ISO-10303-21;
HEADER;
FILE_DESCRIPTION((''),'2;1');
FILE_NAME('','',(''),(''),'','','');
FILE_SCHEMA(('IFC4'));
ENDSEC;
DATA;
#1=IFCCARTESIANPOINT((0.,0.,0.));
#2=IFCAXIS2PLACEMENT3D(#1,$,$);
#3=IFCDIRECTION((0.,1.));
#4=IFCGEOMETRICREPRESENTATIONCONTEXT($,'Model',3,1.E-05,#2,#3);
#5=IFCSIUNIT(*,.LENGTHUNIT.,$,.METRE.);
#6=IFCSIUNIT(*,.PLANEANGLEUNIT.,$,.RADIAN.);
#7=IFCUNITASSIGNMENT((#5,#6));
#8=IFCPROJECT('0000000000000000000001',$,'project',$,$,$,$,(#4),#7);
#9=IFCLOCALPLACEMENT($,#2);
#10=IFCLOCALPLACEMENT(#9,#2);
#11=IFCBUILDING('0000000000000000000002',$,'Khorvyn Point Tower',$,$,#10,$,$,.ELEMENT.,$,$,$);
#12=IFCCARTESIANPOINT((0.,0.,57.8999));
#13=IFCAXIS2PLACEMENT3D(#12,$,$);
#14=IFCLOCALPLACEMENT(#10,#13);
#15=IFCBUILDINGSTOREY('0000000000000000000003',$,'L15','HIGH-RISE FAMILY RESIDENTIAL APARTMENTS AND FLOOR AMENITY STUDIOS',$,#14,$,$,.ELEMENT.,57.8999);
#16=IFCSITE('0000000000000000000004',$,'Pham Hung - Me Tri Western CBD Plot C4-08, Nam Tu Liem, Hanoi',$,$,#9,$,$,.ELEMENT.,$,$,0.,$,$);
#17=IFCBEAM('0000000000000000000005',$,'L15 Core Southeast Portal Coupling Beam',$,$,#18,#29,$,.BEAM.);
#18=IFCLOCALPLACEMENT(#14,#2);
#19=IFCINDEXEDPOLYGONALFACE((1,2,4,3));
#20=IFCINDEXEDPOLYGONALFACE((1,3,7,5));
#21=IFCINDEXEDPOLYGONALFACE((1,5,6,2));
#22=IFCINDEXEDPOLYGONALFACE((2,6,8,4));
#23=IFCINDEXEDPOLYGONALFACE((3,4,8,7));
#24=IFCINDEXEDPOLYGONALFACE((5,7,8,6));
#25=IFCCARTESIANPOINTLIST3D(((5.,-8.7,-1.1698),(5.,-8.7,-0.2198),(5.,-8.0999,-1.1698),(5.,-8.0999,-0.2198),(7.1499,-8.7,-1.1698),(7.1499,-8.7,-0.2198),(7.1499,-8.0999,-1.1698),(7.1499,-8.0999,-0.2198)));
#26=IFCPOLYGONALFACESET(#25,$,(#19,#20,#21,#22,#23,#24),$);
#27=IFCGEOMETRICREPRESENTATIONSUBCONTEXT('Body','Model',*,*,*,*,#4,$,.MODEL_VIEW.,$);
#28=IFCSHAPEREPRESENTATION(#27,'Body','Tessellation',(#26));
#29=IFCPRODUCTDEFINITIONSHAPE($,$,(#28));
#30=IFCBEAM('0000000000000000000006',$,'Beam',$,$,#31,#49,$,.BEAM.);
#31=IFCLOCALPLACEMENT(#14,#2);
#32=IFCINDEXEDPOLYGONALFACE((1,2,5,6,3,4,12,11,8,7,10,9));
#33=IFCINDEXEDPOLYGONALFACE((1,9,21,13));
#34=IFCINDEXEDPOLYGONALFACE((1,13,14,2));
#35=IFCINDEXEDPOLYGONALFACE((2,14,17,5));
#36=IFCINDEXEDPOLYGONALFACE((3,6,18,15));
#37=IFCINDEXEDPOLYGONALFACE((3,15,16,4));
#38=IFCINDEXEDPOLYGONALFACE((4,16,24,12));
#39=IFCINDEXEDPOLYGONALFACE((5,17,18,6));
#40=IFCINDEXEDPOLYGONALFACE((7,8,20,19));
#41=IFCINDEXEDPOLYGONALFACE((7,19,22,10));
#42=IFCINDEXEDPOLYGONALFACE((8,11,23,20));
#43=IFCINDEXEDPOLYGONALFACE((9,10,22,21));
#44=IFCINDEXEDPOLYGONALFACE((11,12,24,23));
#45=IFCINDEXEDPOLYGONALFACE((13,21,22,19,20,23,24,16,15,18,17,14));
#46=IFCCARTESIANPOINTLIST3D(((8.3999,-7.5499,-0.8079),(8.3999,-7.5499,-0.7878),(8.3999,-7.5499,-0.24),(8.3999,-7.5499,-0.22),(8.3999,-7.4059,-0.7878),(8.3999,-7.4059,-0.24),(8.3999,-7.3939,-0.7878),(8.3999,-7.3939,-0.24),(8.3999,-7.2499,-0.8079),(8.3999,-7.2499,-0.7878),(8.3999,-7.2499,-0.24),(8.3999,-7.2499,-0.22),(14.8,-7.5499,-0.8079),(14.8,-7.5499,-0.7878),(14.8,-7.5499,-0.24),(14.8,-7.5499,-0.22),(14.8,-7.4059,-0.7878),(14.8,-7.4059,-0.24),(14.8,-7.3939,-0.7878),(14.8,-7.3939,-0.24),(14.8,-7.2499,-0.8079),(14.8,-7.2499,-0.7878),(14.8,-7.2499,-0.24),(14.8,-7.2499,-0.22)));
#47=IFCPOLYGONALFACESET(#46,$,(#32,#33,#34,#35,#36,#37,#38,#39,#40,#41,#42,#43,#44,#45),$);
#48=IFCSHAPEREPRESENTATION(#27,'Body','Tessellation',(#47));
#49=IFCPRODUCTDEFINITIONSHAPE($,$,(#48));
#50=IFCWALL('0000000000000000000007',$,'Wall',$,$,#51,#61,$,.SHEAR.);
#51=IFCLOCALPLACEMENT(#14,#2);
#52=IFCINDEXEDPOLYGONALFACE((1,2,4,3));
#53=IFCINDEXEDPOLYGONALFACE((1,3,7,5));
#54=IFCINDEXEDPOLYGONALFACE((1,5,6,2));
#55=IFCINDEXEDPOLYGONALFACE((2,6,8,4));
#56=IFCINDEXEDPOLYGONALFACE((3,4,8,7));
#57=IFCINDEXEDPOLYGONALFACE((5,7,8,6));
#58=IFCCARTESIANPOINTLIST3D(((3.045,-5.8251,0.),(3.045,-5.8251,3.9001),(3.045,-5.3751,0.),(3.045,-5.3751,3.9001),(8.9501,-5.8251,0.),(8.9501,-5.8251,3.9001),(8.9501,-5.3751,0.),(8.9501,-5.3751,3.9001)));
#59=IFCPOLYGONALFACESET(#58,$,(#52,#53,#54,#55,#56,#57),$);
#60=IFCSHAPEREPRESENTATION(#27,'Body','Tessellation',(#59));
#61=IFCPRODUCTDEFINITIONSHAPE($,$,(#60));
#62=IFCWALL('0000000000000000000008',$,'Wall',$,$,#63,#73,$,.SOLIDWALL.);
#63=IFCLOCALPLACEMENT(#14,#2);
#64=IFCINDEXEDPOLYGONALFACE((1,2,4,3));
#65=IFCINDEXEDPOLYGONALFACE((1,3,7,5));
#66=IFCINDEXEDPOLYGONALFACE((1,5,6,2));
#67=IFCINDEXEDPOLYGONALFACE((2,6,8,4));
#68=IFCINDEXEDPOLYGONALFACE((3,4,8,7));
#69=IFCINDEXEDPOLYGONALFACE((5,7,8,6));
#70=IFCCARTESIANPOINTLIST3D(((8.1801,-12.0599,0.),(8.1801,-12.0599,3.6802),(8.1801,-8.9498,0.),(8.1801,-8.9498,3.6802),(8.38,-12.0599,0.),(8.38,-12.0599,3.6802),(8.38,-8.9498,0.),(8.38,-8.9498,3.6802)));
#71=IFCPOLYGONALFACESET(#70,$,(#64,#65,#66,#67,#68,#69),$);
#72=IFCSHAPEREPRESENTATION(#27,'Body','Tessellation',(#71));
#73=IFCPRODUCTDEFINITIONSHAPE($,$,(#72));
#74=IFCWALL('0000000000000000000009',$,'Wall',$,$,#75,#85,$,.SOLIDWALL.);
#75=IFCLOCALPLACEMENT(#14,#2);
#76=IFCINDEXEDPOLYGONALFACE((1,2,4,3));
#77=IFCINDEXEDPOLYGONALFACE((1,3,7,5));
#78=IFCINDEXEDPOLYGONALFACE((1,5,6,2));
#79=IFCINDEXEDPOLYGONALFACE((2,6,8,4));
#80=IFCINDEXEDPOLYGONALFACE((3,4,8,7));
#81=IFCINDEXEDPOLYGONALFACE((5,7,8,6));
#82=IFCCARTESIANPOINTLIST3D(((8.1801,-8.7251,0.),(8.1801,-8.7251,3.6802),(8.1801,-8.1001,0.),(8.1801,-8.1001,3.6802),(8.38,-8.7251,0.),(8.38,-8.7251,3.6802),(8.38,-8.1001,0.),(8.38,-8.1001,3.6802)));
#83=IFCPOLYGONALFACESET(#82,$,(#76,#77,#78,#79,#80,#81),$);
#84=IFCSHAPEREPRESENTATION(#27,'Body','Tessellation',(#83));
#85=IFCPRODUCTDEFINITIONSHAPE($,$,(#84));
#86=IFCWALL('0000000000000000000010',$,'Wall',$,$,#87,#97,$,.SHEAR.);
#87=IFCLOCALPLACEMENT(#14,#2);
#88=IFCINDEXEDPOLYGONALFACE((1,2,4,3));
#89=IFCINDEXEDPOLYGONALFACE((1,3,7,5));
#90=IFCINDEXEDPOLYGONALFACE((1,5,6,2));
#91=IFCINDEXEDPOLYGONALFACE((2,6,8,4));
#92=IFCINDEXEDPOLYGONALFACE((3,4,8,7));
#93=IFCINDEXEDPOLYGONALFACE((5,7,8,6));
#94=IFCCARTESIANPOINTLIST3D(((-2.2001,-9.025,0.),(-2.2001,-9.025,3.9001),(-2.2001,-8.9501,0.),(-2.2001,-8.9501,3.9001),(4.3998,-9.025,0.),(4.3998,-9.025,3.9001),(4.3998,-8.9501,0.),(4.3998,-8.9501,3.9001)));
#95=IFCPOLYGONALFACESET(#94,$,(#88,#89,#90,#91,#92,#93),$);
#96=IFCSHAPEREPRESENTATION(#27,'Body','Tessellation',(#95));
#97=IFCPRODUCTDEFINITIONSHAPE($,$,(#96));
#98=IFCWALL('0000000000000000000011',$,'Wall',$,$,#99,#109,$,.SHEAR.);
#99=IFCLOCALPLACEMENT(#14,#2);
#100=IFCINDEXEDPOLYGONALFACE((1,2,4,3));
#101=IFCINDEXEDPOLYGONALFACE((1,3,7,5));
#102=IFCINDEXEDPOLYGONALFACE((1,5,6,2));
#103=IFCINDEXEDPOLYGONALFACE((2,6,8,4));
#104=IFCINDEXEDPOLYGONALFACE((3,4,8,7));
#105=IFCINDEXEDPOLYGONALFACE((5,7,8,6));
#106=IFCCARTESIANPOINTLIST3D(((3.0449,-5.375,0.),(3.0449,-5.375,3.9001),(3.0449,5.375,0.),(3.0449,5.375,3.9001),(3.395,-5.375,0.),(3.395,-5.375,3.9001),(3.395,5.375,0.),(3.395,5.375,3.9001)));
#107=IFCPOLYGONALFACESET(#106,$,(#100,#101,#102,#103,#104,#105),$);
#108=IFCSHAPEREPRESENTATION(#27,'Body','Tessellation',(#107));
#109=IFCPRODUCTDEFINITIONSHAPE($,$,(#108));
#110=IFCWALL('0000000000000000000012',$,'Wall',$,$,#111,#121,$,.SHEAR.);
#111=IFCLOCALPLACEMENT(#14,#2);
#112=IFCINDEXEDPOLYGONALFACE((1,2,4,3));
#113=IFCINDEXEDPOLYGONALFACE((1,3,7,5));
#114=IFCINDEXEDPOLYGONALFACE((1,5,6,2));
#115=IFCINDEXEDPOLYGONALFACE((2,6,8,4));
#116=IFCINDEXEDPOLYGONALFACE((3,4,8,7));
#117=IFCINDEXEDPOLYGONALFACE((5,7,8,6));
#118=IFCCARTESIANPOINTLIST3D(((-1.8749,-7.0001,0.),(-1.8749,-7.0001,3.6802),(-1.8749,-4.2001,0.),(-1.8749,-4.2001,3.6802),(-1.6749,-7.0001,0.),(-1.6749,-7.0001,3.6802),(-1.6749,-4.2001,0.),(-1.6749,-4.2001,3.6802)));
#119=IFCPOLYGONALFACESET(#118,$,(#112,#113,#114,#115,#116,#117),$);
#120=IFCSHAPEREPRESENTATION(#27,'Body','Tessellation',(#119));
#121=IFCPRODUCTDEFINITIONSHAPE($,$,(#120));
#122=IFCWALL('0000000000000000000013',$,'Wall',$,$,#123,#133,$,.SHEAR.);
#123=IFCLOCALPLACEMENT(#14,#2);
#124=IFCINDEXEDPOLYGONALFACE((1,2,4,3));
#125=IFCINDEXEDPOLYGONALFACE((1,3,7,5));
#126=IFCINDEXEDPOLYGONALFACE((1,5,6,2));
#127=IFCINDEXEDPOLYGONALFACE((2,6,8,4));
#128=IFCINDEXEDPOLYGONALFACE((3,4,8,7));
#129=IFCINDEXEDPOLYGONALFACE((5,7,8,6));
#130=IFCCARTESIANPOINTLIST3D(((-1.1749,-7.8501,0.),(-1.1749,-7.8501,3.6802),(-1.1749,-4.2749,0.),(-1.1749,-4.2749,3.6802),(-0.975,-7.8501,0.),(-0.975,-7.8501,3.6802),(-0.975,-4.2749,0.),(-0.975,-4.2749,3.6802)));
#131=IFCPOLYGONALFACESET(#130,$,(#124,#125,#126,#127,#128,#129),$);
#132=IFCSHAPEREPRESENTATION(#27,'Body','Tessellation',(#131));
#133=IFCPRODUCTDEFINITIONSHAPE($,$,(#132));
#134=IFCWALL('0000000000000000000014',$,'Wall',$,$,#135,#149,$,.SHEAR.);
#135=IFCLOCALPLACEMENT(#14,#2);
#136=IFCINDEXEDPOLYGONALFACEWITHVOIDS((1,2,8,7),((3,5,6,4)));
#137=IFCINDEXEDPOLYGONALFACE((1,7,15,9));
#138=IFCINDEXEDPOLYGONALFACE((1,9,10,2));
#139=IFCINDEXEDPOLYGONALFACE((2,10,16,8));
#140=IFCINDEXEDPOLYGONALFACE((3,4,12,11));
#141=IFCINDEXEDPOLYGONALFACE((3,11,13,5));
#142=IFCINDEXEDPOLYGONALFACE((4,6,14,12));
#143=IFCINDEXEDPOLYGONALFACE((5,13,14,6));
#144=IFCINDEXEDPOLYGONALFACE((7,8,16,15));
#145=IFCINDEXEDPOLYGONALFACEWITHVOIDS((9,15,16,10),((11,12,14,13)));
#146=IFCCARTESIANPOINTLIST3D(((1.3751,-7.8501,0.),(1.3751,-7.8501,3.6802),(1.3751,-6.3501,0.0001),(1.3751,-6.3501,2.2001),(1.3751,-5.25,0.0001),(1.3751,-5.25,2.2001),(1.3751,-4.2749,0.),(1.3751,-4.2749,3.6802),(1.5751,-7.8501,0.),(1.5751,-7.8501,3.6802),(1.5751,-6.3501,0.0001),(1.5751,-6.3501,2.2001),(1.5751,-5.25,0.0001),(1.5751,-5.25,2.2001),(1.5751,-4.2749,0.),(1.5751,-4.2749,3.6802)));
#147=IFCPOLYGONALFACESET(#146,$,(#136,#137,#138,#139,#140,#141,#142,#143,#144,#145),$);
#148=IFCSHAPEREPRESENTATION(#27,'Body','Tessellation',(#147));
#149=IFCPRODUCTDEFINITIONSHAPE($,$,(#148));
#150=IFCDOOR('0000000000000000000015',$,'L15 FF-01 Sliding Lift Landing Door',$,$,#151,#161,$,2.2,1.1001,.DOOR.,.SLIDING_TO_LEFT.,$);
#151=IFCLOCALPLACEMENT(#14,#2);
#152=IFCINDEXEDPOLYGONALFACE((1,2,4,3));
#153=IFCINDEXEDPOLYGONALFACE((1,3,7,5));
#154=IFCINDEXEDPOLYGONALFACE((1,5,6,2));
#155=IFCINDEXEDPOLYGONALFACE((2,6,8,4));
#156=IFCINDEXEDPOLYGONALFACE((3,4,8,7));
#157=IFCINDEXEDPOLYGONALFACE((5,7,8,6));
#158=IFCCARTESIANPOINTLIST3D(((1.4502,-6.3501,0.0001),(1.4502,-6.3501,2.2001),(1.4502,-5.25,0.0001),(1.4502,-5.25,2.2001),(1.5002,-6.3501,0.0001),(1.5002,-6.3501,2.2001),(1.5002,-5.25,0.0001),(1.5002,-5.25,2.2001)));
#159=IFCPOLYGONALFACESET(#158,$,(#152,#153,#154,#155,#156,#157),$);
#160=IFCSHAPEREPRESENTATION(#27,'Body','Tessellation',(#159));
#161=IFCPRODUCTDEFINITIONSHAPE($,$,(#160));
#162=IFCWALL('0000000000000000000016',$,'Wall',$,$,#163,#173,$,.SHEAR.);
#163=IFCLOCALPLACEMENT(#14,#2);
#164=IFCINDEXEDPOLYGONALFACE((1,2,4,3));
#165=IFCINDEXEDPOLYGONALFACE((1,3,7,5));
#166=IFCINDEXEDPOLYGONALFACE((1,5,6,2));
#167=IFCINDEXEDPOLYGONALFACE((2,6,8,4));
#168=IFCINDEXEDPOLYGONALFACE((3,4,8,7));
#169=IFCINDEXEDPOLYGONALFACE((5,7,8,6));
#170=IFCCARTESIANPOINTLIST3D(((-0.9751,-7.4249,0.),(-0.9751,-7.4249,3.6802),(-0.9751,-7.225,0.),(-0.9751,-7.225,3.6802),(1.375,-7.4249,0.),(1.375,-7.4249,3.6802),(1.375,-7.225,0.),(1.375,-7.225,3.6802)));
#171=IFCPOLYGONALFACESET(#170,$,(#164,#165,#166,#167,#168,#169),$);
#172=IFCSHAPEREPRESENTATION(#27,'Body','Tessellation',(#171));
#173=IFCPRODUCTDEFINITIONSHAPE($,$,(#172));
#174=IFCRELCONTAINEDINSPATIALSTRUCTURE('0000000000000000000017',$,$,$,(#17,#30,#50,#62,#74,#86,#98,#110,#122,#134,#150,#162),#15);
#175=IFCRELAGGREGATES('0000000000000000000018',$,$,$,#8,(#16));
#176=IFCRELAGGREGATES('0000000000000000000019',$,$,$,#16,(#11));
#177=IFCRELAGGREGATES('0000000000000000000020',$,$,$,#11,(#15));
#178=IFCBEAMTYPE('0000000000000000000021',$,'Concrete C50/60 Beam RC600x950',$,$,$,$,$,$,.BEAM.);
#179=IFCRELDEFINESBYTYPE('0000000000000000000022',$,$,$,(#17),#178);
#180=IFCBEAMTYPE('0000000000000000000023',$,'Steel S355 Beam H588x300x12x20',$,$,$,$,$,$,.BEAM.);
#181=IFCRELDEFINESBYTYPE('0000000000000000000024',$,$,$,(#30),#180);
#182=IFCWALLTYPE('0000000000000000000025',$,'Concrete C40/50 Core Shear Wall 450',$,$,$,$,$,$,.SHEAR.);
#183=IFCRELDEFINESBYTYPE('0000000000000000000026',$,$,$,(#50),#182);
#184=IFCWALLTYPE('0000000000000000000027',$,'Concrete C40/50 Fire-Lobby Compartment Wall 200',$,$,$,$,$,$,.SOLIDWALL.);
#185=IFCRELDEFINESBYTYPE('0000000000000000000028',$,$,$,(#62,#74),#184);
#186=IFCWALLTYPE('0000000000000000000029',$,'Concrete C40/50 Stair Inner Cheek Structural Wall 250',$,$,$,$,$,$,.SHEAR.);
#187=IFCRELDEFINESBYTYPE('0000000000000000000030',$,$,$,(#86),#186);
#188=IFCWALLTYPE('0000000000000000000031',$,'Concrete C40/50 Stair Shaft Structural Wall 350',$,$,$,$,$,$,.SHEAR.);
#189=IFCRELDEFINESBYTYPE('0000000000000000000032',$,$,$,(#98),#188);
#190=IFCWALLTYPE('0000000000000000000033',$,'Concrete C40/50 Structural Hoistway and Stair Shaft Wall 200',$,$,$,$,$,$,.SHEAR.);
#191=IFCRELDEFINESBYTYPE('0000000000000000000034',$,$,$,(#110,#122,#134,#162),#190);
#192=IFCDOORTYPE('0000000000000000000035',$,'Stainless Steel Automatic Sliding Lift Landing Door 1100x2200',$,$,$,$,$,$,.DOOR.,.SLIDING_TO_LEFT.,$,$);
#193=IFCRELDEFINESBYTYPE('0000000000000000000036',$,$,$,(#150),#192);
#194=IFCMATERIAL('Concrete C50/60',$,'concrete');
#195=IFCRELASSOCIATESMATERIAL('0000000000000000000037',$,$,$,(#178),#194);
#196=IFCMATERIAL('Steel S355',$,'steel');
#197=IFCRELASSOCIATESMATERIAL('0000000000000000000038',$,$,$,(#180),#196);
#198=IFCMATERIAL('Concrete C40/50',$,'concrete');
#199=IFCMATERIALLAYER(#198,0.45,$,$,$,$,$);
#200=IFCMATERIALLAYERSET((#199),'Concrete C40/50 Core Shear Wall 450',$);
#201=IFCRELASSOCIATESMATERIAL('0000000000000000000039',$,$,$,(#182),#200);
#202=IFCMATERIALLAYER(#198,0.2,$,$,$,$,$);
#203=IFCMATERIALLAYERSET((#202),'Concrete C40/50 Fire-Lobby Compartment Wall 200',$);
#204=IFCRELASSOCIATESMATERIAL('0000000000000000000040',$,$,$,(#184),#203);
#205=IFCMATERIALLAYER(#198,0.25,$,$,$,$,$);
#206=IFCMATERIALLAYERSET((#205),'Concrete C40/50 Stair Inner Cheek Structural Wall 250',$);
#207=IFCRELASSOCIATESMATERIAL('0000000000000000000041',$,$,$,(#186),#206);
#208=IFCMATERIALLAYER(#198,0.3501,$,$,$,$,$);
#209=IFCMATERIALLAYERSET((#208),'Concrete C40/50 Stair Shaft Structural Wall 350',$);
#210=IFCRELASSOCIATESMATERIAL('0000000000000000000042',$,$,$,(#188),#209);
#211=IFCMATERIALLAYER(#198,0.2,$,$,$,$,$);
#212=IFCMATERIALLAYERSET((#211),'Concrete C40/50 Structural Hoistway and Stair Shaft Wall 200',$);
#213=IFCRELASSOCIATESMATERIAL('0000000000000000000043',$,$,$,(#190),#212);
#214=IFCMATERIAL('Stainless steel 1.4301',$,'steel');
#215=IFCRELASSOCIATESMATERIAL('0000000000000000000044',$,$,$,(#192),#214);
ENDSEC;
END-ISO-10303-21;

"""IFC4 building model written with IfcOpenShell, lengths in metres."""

from ifc_helpers import new_model, si_unit, direction, frame, frame_2d, origin, origin_2d, place, context, subcontext, project, spatial, rectangle, i_section, extrude, material, layer, layer_set, material_profile, profile_set, type_object, element, fill, save


model = new_model("IFC4")

# Units and contexts
model_context = context("Model", 3, precision=1e-05, world=origin(), true_north=direction((0.0, 1.0)))
body_context = subcontext(model_context, "Body", "Model", "MODEL_VIEW")
ifc_project = project(units=[si_unit("LENGTHUNIT", "METRE"), si_unit("PLANEANGLEUNIT", "RADIAN")], contexts=[model_context])

# Site, building, storey
site_placement = place(None, origin())
site = spatial("IfcSite", under=ifc_project, at=site_placement, Name="Pham Hung - Me Tri Western CBD Plot C4-08, Nam Tu Liem, Hanoi", CompositionType="ELEMENT", RefElevation=0.0)
building_placement = place(site_placement, origin())
building = spatial("IfcBuilding", under=site, at=building_placement, Name="Khorvyn Point Tower", CompositionType="ELEMENT")
storey_placement = place(building_placement, frame((0.0, 0.0, 57.8999)))
storey = spatial("IfcBuildingStorey", under=building, at=storey_placement, Name="L15", Description="HIGH-RISE FAMILY RESIDENTIAL APARTMENTS AND FLOOR AMENITY STUDIOS", CompositionType="ELEMENT", Elevation=57.8999)

# Beams
ifc_material_1 = material(Name="Concrete C50/60", Category="concrete")
ifc_material_profile_1 = material_profile(ifc_material_1, rectangle(XDim=0.6001, YDim=0.95, at=origin_2d()))
ifc_profile_set_1 = profile_set([ifc_material_profile_1], Name="Concrete C50/60 RC600x950")
beam_type_1 = type_object("IfcBeamType", Name="Concrete C50/60 Beam RC600x950", PredefinedType="BEAM", material=ifc_profile_set_1)
beam_1_placement = place(storey_placement, frame((5.0, -8.3999, -0.6948), z_axis=(1.0, 0.0, 0.0), x_axis=(0.0, 1.0, 0.0)))
element("IfcBeam", 1, at=beam_1_placement, inside=storey, type_object=beam_type_1, Name="L15 Core Southeast Portal Coupling Beam", PredefinedType="BEAM", context=body_context, shape_type="SweptSolid", body=[
    extrude(rectangle(XDim=0.6001, YDim=0.95, at=origin_2d()), origin(), (0.0, 0.0, 1.0), 2.1499),
])
ifc_material_2 = material(Name="Steel S355", Category="steel")
ifc_material_profile_2 = material_profile(ifc_material_2, i_section(OverallWidth=0.3, OverallDepth=0.5879, WebThickness=0.012, FlangeThickness=0.02, at=origin_2d()))
ifc_profile_set_2 = profile_set([ifc_material_profile_2], Name="Steel S355 H588x300x12x20")
beam_type_2 = type_object("IfcBeamType", Name="Steel S355 Beam H588x300x12x20", PredefinedType="BEAM", material=ifc_profile_set_2)
beam_2_placement = place(storey_placement, frame((8.3999, -7.3999, -0.5139), z_axis=(1.0, 0.0, 0.0), x_axis=(0.0, 1.0, 0.0)))
element("IfcBeam", 2, at=beam_2_placement, inside=storey, type_object=beam_type_2, Name="Beam", PredefinedType="BEAM", context=body_context, shape_type="SweptSolid", body=[
    extrude(i_section(OverallWidth=0.3, OverallDepth=0.5879, WebThickness=0.012, FlangeThickness=0.02, at=origin_2d()), origin(), (0.0, 0.0, 1.0), 6.4001),
])

# Wall
ifc_material_3 = material(Name="Concrete C40/50", Category="concrete")
ifc_layer_1 = layer(ifc_material_3, 0.45)
ifc_layer_set_1 = layer_set([ifc_layer_1], Name="Concrete C40/50 Core Shear Wall 450")
wall_type_1 = type_object("IfcWallType", Name="Concrete C40/50 Core Shear Wall 450", PredefinedType="SHEAR", material=ifc_layer_set_1)
wall_1_placement = place(storey_placement, frame((3.0449, -5.6001, 0.0), z_axis=(0.0, 0.0, 1.0), x_axis=(1.0, 0.0, 0.0)))
element("IfcWall", 3, at=wall_1_placement, inside=storey, type_object=wall_type_1, Name="Wall", PredefinedType="SHEAR", context=body_context, shape_type="SweptSolid", body=[
    extrude(rectangle(XDim=5.905, YDim=0.45, at=frame_2d((2.9526, 0.0))), origin(), (0.0, 0.0, 1.0), 3.9001),
])

# Shared definitions
ifc_layer_2 = layer(ifc_material_3, 0.2)
ifc_layer_set_2 = layer_set([ifc_layer_2], Name="Concrete C40/50 Fire-Lobby Compartment Wall 200")
wall_type_2 = type_object("IfcWallType", Name="Concrete C40/50 Fire-Lobby Compartment Wall 200", PredefinedType="SOLIDWALL", material=ifc_layer_set_2)

# Walls
wall_2_placement = place(storey_placement, frame((8.28, -12.0601, 0.0), z_axis=(0.0, 0.0, 1.0), x_axis=(0.0, 1.0, 0.0)))
element("IfcWall", 4, at=wall_2_placement, inside=storey, type_object=wall_type_2, Name="Wall", PredefinedType="SOLIDWALL", context=body_context, shape_type="SweptSolid", body=[
    extrude(rectangle(XDim=3.1101, YDim=0.2, at=frame_2d((1.5552, 0.0))), origin(), (0.0, 0.0, 1.0), 3.6802),
])
wall_3_placement = place(storey_placement, frame((8.28, -8.7251, 0.0), z_axis=(0.0, 0.0, 1.0), x_axis=(0.0, 1.0, 0.0)))
element("IfcWall", 5, at=wall_3_placement, inside=storey, type_object=wall_type_2, Name="Wall", PredefinedType="SOLIDWALL", context=body_context, shape_type="SweptSolid", body=[
    extrude(rectangle(XDim=0.625, YDim=0.2, at=frame_2d((0.3125, 0.0))), origin(), (0.0, 0.0, 1.0), 3.6802),
])
ifc_layer_3 = layer(ifc_material_3, 0.25)
ifc_layer_set_3 = layer_set([ifc_layer_3], Name="Concrete C40/50 Stair Inner Cheek Structural Wall 250")
wall_type_3 = type_object("IfcWallType", Name="Concrete C40/50 Stair Inner Cheek Structural Wall 250", PredefinedType="SHEAR", material=ifc_layer_set_3)
wall_4_placement = place(storey_placement, frame((-2.2, -8.9875, 0.0), z_axis=(0.0, 0.0, 1.0), x_axis=(1.0, 0.0, 0.0)))
element("IfcWall", 6, at=wall_4_placement, inside=storey, type_object=wall_type_3, Name="Wall", PredefinedType="SHEAR", context=body_context, shape_type="SweptSolid", body=[
    extrude(rectangle(XDim=6.5999, YDim=0.075, at=frame_2d((3.2998, 0.0))), origin(), (0.0, 0.0, 1.0), 3.9001),
])
ifc_layer_4 = layer(ifc_material_3, 0.3501)
ifc_layer_set_4 = layer_set([ifc_layer_4], Name="Concrete C40/50 Stair Shaft Structural Wall 350")
wall_type_4 = type_object("IfcWallType", Name="Concrete C40/50 Stair Shaft Structural Wall 350", PredefinedType="SHEAR", material=ifc_layer_set_4)
wall_5_placement = place(storey_placement, frame((3.22, -5.375, 0.0), z_axis=(0.0, 0.0, 1.0), x_axis=(0.0, 1.0, 0.0)))
element("IfcWall", 7, at=wall_5_placement, inside=storey, type_object=wall_type_4, Name="Wall", PredefinedType="SHEAR", context=body_context, shape_type="SweptSolid", body=[
    extrude(rectangle(XDim=10.75, YDim=0.3501, at=frame_2d((5.375, 0.0))), origin(), (0.0, 0.0, 1.0), 3.9001),
])

# Walls
ifc_layer_5 = layer(ifc_material_3, 0.2)
ifc_layer_set_5 = layer_set([ifc_layer_5], Name="Concrete C40/50 Structural Hoistway and Stair Shaft Wall 200")
wall_type_5 = type_object("IfcWallType", Name="Concrete C40/50 Structural Hoistway and Stair Shaft Wall 200", PredefinedType="SHEAR", material=ifc_layer_set_5)
wall_6_placement = place(storey_placement, frame((-1.7749, -7.0, 0.0), z_axis=(0.0, 0.0, 1.0), x_axis=(0.0, 1.0, 0.0)))
element("IfcWall", 8, at=wall_6_placement, inside=storey, type_object=wall_type_5, Name="Wall", PredefinedType="SHEAR", context=body_context, shape_type="SweptSolid", body=[
    extrude(rectangle(XDim=2.8, YDim=0.2, at=frame_2d((1.3999, 0.0))), origin(), (0.0, 0.0, 1.0), 3.6802),
])
wall_7_placement = place(storey_placement, frame((-1.075, -7.8501, 0.0), z_axis=(0.0, 0.0, 1.0), x_axis=(0.0, 1.0, 0.0)))
element("IfcWall", 9, at=wall_7_placement, inside=storey, type_object=wall_type_5, Name="Wall", PredefinedType="SHEAR", context=body_context, shape_type="SweptSolid", body=[
    extrude(rectangle(XDim=3.5752, YDim=0.2, at=frame_2d((1.7876, 0.0))), origin(), (0.0, 0.0, 1.0), 3.6802),
])

# Wall, opening, door
wall_8_placement = place(storey_placement, frame((1.4751, -7.8501, 0.0), z_axis=(0.0, 0.0, 1.0), x_axis=(0.0, 1.0, 0.0)))
wall_8 = element("IfcWall", 10, at=wall_8_placement, inside=storey, type_object=wall_type_5, Name="Wall", PredefinedType="SHEAR", context=body_context, shape_type="SweptSolid", body=[
    extrude(rectangle(XDim=3.5752, YDim=0.2, at=frame_2d((1.7876, 0.0))), origin(), (0.0, 0.0, 1.0), 3.6802),
])
opening_1_placement = place(wall_8_placement, frame((1.5, 0.0, 0.0)))
opening_1 = element("IfcOpeningElement", 11, at=opening_1_placement, cuts=wall_8, PredefinedType="OPENING", context=body_context, shape_type="SweptSolid", body=[
    extrude(rectangle(XDim=1.1001, YDim=2.2, at=frame_2d((0.55, 1.1001))), frame((0.0, 0.1099, 0.0), z_axis=(0.0, -1.0, 0.0), x_axis=(1.0, 0.0, 0.0)), (0.0, 0.0, 1.0), 0.22),
])
ifc_material_4 = material(Name="Stainless steel 1.4301", Category="steel")
door_type_1 = type_object("IfcDoorType", Name="Stainless Steel Automatic Sliding Lift Landing Door 1100x2200", OperationType="SLIDING_TO_LEFT", PredefinedType="DOOR", material=ifc_material_4)
door_1_placement = place(opening_1_placement, origin())
door_1 = element("IfcDoor", 12, at=door_1_placement, inside=storey, type_object=door_type_1, Name="L15 FF-01 Sliding Lift Landing Door", OperationType="SLIDING_TO_LEFT", OverallHeight=2.2, OverallWidth=1.1001, PredefinedType="DOOR", context=body_context, shape_type="SweptSolid", body=[
    extrude(rectangle(XDim=1.1001, YDim=2.2, at=frame_2d((0.55, 1.1001))), frame((0.0, 0.0249, 0.0), z_axis=(0.0, -1.0, 0.0), x_axis=(1.0, 0.0, 0.0)), (0.0, 0.0, 1.0), 0.05),
])
fill(opening_1, door_1)

# Wall
for number, where, z_axis, x_axis, name in (
    (13, (-0.9751, -7.325, 0.0), (0.0, 0.0, 1.0), (1.0, 0.0, 0.0), "Wall"),
):
    element("IfcWall", number, at=place(storey_placement, frame(where, z_axis=z_axis, x_axis=x_axis)), inside=storey, type_object=wall_type_5, Name=name, PredefinedType="SHEAR", context=body_context, shape_type="SweptSolid", body=[
        extrude(rectangle(XDim=2.3501, YDim=0.2, at=frame_2d((1.175, 0.0))), origin(), (0.0, 0.0, 1.0), 3.6802),
    ])

save(model, "model.ifc")
